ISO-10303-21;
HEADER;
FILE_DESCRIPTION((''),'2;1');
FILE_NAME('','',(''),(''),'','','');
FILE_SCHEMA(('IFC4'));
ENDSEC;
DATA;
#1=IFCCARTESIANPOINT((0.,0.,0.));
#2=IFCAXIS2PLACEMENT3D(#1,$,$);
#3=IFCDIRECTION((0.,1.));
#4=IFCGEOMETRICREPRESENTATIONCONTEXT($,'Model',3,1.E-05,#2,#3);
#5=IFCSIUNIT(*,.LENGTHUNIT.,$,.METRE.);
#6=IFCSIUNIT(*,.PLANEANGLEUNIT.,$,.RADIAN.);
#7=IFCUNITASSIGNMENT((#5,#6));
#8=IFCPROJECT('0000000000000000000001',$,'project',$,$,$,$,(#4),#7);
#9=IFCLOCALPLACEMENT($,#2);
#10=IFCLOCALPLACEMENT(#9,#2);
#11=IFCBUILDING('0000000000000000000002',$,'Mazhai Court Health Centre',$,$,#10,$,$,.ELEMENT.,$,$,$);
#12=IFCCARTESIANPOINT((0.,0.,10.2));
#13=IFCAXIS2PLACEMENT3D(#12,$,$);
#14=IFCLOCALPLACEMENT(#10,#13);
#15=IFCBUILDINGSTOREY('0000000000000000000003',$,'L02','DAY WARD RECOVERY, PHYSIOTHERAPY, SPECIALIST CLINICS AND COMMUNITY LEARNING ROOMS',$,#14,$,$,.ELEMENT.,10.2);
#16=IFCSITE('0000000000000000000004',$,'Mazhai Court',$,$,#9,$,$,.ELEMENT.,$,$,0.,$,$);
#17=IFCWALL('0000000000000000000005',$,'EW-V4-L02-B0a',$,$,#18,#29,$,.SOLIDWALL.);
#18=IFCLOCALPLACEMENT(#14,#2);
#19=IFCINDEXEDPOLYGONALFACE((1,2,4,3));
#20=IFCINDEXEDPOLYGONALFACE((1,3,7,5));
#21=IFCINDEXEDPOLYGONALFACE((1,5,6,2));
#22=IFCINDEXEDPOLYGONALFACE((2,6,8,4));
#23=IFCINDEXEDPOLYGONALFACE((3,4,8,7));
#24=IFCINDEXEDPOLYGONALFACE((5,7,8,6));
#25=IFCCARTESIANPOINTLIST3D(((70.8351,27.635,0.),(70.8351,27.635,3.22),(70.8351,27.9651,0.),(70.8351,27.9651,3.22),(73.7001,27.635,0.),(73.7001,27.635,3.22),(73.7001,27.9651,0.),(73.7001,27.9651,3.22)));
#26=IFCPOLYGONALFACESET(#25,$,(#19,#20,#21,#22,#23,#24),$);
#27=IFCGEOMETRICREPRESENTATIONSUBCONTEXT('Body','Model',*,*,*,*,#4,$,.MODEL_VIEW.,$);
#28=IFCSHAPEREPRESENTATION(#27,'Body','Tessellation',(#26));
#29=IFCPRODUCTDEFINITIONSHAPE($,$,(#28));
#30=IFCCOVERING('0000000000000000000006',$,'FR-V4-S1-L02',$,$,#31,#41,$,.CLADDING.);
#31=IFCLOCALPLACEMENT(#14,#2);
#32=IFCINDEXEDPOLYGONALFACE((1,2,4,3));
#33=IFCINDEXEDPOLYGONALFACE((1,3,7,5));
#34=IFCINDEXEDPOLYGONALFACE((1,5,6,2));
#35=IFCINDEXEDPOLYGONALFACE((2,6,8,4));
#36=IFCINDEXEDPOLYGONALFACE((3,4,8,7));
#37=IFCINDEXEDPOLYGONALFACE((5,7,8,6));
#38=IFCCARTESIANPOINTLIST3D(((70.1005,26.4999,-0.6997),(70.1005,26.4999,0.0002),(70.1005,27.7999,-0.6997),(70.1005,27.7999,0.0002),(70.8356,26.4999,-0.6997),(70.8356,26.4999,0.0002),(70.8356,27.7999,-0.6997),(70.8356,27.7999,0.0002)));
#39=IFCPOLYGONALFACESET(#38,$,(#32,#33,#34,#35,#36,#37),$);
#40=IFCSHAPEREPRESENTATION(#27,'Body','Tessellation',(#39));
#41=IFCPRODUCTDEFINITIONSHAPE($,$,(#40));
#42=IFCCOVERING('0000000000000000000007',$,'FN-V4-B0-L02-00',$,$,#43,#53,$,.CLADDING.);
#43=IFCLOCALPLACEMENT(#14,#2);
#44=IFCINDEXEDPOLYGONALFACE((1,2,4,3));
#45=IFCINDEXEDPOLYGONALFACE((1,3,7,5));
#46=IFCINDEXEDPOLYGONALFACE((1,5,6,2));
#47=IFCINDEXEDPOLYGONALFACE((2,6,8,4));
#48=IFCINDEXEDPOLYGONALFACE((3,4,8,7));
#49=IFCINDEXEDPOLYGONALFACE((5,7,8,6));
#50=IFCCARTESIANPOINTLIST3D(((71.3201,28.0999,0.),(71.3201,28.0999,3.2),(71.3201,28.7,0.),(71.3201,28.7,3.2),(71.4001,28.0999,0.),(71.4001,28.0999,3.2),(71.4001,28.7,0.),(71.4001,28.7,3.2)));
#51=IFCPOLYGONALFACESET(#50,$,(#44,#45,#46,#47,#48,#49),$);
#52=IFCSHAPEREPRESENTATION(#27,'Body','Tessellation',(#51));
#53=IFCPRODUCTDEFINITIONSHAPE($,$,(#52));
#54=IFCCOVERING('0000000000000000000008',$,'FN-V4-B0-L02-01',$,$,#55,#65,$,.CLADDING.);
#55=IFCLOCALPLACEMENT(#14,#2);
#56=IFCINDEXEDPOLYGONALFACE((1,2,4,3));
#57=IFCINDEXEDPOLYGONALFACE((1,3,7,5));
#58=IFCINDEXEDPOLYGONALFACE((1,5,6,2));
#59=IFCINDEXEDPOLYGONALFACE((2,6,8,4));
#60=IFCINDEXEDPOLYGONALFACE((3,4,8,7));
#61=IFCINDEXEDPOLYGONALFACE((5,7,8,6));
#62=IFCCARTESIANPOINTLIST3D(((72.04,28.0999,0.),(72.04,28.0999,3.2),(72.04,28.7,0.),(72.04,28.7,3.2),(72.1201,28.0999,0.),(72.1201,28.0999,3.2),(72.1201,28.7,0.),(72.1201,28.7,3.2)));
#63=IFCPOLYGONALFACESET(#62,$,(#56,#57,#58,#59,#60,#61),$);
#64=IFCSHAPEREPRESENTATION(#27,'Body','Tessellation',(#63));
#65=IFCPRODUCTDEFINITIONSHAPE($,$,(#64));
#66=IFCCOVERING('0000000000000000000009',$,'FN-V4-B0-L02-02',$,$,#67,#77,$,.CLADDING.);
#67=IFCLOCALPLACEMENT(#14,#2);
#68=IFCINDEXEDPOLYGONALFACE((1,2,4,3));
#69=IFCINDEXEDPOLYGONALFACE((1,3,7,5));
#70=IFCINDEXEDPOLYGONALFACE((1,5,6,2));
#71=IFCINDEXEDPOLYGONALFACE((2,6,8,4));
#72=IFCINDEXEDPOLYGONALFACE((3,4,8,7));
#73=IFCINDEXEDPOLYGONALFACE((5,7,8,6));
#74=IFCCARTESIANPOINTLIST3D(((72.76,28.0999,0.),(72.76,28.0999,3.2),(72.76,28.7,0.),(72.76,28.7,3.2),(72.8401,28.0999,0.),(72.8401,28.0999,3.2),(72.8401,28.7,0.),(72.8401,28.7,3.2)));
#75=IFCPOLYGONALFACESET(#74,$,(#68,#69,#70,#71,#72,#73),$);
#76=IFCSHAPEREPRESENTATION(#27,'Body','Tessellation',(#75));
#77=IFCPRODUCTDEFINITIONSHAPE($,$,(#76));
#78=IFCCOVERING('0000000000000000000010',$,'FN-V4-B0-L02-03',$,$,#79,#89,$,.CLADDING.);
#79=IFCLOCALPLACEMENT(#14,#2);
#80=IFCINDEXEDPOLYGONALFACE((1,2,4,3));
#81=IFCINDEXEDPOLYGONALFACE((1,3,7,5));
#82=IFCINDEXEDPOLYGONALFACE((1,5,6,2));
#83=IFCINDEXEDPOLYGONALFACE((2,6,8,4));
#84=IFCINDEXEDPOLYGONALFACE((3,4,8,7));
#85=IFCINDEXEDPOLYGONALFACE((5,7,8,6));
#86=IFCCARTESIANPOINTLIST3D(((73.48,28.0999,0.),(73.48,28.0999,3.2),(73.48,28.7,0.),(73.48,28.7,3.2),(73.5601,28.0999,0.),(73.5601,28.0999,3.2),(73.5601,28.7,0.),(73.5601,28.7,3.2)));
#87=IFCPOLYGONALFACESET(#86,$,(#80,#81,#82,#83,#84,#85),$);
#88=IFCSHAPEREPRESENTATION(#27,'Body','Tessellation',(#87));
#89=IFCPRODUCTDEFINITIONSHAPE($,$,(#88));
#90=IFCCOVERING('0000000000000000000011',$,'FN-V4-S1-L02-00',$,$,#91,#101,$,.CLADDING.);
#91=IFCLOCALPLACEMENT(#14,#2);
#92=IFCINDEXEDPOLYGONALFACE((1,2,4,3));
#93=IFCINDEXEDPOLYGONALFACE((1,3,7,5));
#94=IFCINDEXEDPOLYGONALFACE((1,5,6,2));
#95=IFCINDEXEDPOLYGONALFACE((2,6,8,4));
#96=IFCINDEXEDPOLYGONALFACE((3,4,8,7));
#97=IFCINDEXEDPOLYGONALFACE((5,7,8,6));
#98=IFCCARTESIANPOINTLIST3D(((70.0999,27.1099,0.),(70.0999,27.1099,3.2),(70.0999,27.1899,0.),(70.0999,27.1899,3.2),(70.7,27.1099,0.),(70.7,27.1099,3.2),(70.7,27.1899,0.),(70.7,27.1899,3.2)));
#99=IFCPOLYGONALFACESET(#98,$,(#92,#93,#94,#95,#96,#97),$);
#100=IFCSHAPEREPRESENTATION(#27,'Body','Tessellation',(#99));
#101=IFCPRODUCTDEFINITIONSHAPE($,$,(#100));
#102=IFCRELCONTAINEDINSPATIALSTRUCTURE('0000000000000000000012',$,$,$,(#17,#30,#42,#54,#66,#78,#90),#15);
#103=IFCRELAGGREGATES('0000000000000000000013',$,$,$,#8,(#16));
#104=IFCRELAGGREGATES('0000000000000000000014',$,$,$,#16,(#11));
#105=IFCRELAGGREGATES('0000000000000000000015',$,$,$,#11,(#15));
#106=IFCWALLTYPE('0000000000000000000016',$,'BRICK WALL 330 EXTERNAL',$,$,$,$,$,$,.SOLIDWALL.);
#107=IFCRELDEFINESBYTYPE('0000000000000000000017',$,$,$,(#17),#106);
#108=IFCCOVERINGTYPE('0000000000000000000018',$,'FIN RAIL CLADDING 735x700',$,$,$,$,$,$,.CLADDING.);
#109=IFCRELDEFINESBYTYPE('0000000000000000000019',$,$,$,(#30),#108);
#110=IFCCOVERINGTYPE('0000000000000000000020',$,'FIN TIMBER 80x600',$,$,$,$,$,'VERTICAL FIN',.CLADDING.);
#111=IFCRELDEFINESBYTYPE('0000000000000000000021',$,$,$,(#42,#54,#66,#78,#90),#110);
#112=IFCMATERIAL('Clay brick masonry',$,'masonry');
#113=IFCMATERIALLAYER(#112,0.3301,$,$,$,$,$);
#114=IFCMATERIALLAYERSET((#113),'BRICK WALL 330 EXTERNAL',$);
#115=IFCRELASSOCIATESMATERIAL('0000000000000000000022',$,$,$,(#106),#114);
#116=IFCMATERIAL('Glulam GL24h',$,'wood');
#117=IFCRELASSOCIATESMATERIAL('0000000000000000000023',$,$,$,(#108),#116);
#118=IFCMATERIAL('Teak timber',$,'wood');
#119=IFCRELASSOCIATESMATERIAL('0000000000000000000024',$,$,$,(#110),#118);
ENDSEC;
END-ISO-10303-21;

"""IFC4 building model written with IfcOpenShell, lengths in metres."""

from ifc_helpers import new_model, si_unit, direction, frame, frame_2d, origin, origin_2d, place, context, subcontext, project, spatial, rectangle, extrude, material, layer, layer_set, type_object, element, save


model = new_model("IFC4")

# Units and contexts
model_context = context("Model", 3, precision=1e-05, world=origin(), true_north=direction((0.0, 1.0)))
body_context = subcontext(model_context, "Body", "Model", "MODEL_VIEW")
ifc_project = project(units=[si_unit("LENGTHUNIT", "METRE"), si_unit("PLANEANGLEUNIT", "RADIAN")], contexts=[model_context])

# Site, building, storey
site_placement = place(None, origin())
site = spatial("IfcSite", under=ifc_project, at=site_placement, Name="Mazhai Court", CompositionType="ELEMENT", RefElevation=0.0)
building_placement = place(site_placement, origin())
building = spatial("IfcBuilding", under=site, at=building_placement, Name="Mazhai Court Health Centre", CompositionType="ELEMENT")
storey_placement = place(building_placement, frame((0.0, 0.0, 10.2)))
storey = spatial("IfcBuildingStorey", under=building, at=storey_placement, Name="L02", Description="DAY WARD RECOVERY, PHYSIOTHERAPY, SPECIALIST CLINICS AND COMMUNITY LEARNING ROOMS", CompositionType="ELEMENT", Elevation=10.2)

# Wall
ifc_material_1 = material(Name="Clay brick masonry", Category="masonry")
ifc_layer_1 = layer(ifc_material_1, 0.3301)
ifc_layer_set_1 = layer_set([ifc_layer_1], Name="BRICK WALL 330 EXTERNAL")
wall_type = type_object("IfcWallType", Name="BRICK WALL 330 EXTERNAL", PredefinedType="SOLIDWALL", material=ifc_layer_set_1)
wall_placement = place(storey_placement, frame((70.835, 27.8, 0.0), z_axis=(0.0, 0.0, 1.0), x_axis=(1.0, 0.0, 0.0)))
element("IfcWall", 1, at=wall_placement, inside=storey, type_object=wall_type, Name="EW-V4-L02-B0a", PredefinedType="SOLIDWALL", context=body_context, shape_type="SweptSolid", body=[
    extrude(rectangle(XDim=2.865, YDim=0.3301, at=frame_2d((1.4326, 0.0))), origin(), (0.0, 0.0, 1.0), 3.22),
])

# Coverings
ifc_material_2 = material(Name="Glulam GL24h", Category="wood")
covering_type_1 = type_object("IfcCoveringType", Name="FIN RAIL CLADDING 735x700", PredefinedType="CLADDING", material=ifc_material_2)
covering_placement = place(storey_placement, frame((70.468, 27.1499, -0.6997), z_axis=(0.0, 0.0, 1.0), x_axis=(1.0, 0.0, 0.0)))
element("IfcCovering", 2, at=covering_placement, inside=storey, type_object=covering_type_1, Name="FR-V4-S1-L02", PredefinedType="CLADDING", context=body_context, shape_type="SweptSolid", body=[
    extrude(rectangle(XDim=0.7351, YDim=1.3, at=origin_2d()), origin(), (0.0, 0.0, 1.0), 0.7),
])
ifc_material_3 = material(Name="Teak timber", Category="wood")
covering_type_2 = type_object("IfcCoveringType", Name="FIN TIMBER 80x600", ElementType="VERTICAL FIN", PredefinedType="CLADDING", material=ifc_material_3)
for number, where, z_axis, x_axis, name in (
    (3, (71.3601, 28.3999, 0.0), (0.0, 0.0, 1.0), (1.0, 0.0, 0.0), "FN-V4-B0-L02-00"),
    (4, (72.0801, 28.3999, 0.0), (0.0, 0.0, 1.0), (1.0, 0.0, 0.0), "FN-V4-B0-L02-01"),
    (5, (72.8, 28.3999, 0.0), (0.0, 0.0, 1.0), (1.0, 0.0, 0.0), "FN-V4-B0-L02-02"),
    (6, (73.52, 28.3999, 0.0), (0.0, 0.0, 1.0), (1.0, 0.0, 0.0), "FN-V4-B0-L02-03"),
    (7, (70.3999, 27.1499, 0.0), (0.0, 0.0, 1.0), (0.0, 1.0, 0.0), "FN-V4-S1-L02-00"),
):
    element("IfcCovering", number, at=place(storey_placement, frame(where, z_axis=z_axis, x_axis=x_axis)), inside=storey, type_object=covering_type_2, Name=name, PredefinedType="CLADDING", context=body_context, shape_type="SweptSolid", body=[
        extrude(rectangle(XDim=0.0801, YDim=0.6001, at=origin_2d()), origin(), (0.0, 0.0, 1.0), 3.2),
    ])

save(model, "model.ifc")
